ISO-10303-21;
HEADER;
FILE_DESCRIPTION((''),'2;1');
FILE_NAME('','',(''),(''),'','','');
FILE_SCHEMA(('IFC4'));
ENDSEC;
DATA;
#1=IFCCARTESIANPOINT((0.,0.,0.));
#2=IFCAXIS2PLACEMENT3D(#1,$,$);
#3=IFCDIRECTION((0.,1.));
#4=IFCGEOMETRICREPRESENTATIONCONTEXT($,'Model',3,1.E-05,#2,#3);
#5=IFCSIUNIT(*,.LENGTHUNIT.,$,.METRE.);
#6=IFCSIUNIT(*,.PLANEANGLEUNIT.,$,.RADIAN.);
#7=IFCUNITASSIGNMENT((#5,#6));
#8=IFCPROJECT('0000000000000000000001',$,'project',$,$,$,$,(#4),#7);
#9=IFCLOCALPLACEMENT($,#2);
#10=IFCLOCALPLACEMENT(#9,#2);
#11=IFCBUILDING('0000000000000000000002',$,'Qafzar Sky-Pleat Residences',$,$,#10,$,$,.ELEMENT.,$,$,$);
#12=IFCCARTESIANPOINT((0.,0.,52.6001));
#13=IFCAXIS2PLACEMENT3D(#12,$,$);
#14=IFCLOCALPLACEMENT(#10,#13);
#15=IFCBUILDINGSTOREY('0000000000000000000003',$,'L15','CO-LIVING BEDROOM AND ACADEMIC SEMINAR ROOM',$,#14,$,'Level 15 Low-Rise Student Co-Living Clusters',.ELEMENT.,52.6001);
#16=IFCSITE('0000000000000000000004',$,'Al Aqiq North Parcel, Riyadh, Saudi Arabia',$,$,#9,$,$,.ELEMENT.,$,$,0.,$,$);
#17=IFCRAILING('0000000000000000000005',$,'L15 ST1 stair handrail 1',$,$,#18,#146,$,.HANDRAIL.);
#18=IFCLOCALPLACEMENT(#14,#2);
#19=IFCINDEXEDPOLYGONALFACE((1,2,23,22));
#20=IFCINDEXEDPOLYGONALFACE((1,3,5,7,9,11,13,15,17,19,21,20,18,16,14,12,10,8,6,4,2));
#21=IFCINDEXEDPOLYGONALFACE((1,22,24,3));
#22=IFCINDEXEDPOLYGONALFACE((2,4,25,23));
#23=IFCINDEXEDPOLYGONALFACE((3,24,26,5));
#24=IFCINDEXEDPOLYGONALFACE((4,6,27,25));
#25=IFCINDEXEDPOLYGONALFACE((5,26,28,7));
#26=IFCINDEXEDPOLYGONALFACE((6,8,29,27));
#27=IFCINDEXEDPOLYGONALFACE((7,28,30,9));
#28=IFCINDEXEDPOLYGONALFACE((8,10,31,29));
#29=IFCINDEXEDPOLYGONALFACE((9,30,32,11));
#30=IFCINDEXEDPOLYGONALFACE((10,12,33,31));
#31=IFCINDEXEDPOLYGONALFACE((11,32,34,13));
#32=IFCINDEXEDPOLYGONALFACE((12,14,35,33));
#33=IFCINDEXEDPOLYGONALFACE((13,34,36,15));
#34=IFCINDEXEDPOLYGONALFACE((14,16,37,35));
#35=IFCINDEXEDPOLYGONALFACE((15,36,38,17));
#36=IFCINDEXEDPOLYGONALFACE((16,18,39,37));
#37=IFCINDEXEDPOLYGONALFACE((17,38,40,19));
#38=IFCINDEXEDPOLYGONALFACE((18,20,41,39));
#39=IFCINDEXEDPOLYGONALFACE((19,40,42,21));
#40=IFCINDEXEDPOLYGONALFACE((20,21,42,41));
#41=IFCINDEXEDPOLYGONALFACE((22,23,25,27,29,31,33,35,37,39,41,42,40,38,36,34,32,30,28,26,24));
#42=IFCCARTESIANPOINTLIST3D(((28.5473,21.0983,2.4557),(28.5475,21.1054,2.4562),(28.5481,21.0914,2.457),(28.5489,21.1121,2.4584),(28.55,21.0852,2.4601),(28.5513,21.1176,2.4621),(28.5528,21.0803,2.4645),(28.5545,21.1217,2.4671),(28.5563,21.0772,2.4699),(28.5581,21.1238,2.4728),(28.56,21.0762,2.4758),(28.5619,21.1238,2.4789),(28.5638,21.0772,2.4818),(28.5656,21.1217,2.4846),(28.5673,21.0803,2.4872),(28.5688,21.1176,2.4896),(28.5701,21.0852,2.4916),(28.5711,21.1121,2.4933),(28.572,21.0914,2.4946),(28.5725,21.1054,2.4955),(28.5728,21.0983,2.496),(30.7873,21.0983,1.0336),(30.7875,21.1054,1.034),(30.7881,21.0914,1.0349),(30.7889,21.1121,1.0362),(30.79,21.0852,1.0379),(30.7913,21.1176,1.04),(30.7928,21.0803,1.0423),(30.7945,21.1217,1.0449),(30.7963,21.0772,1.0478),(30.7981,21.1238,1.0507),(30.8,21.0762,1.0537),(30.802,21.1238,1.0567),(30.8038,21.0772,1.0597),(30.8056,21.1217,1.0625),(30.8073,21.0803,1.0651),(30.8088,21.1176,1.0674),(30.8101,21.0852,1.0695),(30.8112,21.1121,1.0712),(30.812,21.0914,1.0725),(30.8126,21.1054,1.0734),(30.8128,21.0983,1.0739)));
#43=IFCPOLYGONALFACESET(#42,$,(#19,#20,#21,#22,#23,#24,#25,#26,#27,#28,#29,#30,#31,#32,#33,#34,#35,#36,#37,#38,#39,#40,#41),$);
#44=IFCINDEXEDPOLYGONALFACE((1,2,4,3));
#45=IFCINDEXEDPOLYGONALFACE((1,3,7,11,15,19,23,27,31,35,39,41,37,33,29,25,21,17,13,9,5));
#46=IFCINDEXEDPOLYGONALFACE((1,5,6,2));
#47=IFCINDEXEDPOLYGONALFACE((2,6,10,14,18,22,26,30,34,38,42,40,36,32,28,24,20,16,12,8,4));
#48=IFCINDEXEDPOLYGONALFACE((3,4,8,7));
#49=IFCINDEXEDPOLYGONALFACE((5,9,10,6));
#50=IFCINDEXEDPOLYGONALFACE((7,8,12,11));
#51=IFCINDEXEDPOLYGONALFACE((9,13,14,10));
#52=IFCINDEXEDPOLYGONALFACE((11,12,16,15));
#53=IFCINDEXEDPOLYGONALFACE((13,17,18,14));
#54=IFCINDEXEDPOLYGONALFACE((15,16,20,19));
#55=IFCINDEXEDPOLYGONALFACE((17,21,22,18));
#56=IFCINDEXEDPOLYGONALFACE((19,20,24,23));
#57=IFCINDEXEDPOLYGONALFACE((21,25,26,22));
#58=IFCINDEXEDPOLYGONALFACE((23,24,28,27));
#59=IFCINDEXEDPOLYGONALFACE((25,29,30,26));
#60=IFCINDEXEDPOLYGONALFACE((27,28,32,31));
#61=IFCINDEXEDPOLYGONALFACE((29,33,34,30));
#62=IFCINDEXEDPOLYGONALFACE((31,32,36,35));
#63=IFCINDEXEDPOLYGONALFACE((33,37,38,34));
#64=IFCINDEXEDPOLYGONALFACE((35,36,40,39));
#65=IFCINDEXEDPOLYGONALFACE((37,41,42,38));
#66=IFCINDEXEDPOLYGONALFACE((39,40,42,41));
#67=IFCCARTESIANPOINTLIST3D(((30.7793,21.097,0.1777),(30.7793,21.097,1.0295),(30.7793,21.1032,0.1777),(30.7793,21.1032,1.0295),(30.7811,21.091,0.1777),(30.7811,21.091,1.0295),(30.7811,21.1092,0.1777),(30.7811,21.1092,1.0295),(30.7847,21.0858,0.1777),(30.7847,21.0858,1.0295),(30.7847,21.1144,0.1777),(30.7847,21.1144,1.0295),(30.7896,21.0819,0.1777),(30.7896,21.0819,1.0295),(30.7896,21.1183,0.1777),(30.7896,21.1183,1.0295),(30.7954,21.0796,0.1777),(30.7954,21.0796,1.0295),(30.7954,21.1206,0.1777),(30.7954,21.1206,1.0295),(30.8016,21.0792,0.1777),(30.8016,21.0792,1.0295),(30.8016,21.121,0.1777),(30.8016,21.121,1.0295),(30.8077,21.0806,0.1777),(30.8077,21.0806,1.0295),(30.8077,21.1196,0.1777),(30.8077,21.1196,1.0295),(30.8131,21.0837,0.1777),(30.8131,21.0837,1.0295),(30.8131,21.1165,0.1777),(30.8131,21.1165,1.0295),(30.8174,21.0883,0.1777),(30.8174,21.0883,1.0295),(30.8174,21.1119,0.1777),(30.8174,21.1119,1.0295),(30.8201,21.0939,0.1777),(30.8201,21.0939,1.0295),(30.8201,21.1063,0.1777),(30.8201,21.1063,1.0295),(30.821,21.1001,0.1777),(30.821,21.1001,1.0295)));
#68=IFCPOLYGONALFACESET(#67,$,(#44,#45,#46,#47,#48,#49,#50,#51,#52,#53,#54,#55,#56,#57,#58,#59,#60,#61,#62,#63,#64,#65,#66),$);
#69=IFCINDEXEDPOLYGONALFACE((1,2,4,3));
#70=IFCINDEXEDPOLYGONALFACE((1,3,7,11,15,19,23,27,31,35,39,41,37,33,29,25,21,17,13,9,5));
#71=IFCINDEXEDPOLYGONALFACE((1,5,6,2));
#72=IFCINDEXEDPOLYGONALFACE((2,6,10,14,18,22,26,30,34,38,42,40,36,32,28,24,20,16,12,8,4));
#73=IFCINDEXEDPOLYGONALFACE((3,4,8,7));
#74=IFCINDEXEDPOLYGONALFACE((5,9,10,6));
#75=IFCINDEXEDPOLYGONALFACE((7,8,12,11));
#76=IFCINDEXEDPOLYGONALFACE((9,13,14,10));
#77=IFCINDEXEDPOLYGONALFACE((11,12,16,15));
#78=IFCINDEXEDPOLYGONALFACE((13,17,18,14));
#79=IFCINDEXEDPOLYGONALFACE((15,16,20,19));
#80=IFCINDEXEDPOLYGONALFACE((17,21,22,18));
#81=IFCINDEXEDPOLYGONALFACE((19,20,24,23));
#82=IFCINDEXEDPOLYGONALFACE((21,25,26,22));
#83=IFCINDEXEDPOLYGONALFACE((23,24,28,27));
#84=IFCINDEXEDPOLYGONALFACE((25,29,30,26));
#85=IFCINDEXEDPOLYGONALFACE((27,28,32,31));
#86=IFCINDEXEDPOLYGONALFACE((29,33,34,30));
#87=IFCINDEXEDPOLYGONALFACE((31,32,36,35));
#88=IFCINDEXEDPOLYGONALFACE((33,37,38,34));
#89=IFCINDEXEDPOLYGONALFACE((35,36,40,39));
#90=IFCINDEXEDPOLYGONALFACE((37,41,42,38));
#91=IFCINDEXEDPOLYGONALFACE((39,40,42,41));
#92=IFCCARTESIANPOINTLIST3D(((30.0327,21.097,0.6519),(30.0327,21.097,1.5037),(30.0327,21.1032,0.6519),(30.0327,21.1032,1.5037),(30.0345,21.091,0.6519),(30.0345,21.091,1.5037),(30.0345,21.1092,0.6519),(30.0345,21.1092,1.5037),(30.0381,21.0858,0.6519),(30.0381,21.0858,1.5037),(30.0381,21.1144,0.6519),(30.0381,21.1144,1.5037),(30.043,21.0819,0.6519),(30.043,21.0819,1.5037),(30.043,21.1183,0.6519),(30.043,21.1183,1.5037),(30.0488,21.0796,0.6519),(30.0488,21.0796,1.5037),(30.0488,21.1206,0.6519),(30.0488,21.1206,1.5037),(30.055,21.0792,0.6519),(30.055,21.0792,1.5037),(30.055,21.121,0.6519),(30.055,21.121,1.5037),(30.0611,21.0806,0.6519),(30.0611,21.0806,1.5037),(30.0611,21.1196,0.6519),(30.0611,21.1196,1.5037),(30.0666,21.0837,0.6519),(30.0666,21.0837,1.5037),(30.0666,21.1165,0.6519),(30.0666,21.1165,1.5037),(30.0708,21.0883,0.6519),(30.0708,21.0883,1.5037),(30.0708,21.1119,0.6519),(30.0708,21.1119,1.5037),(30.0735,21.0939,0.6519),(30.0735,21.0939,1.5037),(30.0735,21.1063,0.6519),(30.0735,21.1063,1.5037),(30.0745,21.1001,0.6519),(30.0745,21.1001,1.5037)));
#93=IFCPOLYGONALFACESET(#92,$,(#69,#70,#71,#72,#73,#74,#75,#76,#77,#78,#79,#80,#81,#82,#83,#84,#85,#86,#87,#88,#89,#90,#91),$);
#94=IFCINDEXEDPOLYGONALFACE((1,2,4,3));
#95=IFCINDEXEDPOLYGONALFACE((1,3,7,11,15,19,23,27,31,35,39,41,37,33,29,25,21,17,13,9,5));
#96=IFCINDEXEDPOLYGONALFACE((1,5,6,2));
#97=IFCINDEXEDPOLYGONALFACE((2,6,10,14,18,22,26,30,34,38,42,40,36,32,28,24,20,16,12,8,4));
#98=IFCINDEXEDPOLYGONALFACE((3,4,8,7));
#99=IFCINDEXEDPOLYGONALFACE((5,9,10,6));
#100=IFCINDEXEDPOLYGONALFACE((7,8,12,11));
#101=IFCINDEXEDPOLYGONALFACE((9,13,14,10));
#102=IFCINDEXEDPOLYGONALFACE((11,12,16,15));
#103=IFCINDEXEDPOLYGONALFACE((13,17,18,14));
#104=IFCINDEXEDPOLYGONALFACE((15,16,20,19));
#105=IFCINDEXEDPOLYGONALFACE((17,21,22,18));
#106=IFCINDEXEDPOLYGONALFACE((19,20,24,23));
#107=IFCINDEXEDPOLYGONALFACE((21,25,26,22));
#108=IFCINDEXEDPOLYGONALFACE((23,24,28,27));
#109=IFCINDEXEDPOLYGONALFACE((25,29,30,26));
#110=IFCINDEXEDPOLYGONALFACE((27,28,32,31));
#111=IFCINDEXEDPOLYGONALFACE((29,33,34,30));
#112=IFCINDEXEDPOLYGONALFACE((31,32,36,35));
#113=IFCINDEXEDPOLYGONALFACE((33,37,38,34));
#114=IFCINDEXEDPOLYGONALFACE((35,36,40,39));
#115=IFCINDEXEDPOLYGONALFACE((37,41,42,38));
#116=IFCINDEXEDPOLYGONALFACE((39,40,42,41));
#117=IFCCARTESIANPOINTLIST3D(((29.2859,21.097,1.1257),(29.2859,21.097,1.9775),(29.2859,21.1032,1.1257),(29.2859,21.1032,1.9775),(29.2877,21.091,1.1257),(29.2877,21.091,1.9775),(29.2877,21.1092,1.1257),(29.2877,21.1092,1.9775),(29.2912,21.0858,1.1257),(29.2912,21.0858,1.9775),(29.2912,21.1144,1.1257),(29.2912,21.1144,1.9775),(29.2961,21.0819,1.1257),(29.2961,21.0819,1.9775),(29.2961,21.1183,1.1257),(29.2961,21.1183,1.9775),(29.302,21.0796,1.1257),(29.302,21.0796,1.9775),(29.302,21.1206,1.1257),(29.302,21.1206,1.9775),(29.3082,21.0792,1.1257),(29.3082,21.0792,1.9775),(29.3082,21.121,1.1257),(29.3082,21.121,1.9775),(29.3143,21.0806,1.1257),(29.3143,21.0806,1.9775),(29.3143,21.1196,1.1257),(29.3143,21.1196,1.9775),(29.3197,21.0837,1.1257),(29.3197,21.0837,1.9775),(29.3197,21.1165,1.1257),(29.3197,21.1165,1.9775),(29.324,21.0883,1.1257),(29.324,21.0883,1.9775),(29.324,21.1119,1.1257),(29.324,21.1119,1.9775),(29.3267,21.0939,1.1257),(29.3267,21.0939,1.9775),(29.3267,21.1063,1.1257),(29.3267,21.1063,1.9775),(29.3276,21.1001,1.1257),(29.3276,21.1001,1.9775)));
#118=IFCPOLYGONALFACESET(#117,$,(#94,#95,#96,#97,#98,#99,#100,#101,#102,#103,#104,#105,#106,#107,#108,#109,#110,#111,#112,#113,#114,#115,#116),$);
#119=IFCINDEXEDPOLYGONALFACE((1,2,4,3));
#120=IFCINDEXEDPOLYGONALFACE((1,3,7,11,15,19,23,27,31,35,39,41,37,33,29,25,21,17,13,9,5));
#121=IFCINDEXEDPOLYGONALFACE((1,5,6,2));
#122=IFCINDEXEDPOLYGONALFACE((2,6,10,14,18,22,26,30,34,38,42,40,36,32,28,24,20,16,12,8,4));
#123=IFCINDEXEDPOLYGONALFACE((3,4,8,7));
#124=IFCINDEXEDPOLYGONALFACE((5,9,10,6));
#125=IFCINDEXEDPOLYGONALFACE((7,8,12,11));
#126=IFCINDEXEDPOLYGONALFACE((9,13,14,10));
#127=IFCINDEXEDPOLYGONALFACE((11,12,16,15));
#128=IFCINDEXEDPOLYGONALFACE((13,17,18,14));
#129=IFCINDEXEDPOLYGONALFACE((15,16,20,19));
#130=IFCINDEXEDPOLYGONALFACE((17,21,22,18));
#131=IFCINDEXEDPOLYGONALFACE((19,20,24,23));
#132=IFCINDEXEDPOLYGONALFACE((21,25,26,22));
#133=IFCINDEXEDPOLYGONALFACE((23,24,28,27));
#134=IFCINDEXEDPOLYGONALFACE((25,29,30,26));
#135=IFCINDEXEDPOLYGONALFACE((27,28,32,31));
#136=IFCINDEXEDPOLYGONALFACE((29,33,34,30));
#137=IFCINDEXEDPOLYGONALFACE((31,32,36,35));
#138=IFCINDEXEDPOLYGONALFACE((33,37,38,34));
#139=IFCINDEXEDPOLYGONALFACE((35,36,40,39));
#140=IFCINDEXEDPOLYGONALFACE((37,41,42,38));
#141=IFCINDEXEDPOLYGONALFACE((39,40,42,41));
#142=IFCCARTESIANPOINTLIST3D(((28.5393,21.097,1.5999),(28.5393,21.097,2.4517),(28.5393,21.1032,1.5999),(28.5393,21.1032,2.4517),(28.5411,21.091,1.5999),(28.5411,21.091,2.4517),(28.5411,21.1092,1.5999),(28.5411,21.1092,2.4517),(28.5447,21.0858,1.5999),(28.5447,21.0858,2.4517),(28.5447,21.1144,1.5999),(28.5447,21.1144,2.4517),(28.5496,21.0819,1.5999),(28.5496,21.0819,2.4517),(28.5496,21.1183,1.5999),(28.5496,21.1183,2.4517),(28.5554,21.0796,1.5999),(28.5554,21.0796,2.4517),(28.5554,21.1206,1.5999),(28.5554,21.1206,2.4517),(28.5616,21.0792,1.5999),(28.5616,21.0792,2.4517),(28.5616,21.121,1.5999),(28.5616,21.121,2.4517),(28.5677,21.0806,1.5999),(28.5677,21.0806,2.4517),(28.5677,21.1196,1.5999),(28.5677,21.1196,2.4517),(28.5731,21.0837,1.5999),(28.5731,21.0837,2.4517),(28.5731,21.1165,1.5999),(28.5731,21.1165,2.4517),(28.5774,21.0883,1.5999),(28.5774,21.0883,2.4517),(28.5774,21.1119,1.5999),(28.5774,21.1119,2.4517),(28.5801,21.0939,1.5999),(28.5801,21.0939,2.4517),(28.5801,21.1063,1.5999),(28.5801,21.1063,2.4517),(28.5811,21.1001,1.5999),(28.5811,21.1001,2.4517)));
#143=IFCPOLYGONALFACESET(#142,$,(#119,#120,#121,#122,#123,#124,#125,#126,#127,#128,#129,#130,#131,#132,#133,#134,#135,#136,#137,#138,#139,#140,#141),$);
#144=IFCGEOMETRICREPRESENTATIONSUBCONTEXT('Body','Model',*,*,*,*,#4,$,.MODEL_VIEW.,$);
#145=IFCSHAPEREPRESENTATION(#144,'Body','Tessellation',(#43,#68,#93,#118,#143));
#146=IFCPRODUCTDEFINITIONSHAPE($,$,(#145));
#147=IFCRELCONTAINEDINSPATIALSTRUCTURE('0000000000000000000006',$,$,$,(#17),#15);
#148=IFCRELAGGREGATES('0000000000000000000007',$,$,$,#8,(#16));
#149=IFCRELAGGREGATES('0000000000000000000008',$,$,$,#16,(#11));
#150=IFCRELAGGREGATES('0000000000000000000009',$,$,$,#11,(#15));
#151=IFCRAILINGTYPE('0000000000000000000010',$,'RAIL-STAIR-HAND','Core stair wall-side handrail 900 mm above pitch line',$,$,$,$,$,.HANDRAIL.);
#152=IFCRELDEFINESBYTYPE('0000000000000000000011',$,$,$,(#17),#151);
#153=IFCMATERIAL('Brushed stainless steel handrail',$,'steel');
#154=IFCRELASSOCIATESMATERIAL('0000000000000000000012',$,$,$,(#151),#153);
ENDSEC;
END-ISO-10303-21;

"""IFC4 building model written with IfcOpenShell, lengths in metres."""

from ifc_helpers import new_model, si_unit, direction, frame, origin, origin_2d, place, context, subcontext, project, spatial, circle, extrude, source, transform, mapped, material, type_object, element, save


model = new_model("IFC4")

# Units and contexts
model_context = context("Model", 3, precision=1e-05, world=origin(), true_north=direction((0.0, 1.0)))
body_context = subcontext(model_context, "Body", "Model", "MODEL_VIEW")
ifc_project = project(units=[si_unit("LENGTHUNIT", "METRE"), si_unit("PLANEANGLEUNIT", "RADIAN")], contexts=[model_context])

# Site, building, storey
site_placement = place(None, origin())
site = spatial("IfcSite", under=ifc_project, at=site_placement, Name="Al Aqiq North Parcel, Riyadh, Saudi Arabia", CompositionType="ELEMENT", RefElevation=0.0)
building_placement = place(site_placement, origin())
building = spatial("IfcBuilding", under=site, at=building_placement, Name="Qafzar Sky-Pleat Residences", CompositionType="ELEMENT")
storey_placement = place(building_placement, frame((0.0, 0.0, 52.6001)))
storey = spatial("IfcBuildingStorey", under=building, at=storey_placement, Name="L15", Description="CO-LIVING BEDROOM AND ACADEMIC SEMINAR ROOM", LongName="Level 15 Low-Rise Student Co-Living Clusters", CompositionType="ELEMENT", Elevation=52.6001)

# Railing
ifc_material_1 = material(Name="Brushed stainless steel handrail", Category="steel")
railing_type_1 = type_object("IfcRailingType", Name="RAIL-STAIR-HAND", Description="Core stair wall-side handrail 900 mm above pitch line", PredefinedType="HANDRAIL", material=ifc_material_1)
shared_shape_1 = source(origin(), body_context, "Body", "SweptSolid", [
    extrude(circle(Radius=0.0239, at=origin_2d()), frame((0.0, 0.0, 0.876), z_axis=(-0.844229, 0.0, 0.535982), x_axis=(0.0, -1.0, 0.0)), (0.0, 0.0, 1.0), 2.6533),
    extrude(circle(Radius=0.021, at=origin_2d()), origin(), (0.0, 0.0, 1.0), 0.8518),
    extrude(circle(Radius=0.021, at=origin_2d()), frame((-0.7466, 0.0, 0.4741)), (0.0, 0.0, 1.0), 0.8518),
    extrude(circle(Radius=0.021, at=origin_2d()), frame((-1.4934, 0.0, 0.948)), (0.0, 0.0, 1.0), 0.8518),
    extrude(circle(Radius=0.021, at=origin_2d()), frame((-2.24, 0.0, 1.4221)), (0.0, 0.0, 1.0), 0.8518),
])
railing_1_placement = place(storey_placement, frame((30.8, 21.1001, 0.1777)))
element("IfcRailing", 1, at=railing_1_placement, inside=storey, type_object=railing_type_1, Name="L15 ST1 stair handrail 1", PredefinedType="HANDRAIL", context=body_context, shape_type="MappedRepresentation", body=[
    mapped(shared_shape_1, transform((0.0, 0.0, 0.0), x_axis=(1.0, 0.0, 0.0), y_axis=(0.0, 1.0, 0.0), z_axis=(0.0, 0.0, 1.0), scale=1.0)),
])

save(model, "model.ifc")
